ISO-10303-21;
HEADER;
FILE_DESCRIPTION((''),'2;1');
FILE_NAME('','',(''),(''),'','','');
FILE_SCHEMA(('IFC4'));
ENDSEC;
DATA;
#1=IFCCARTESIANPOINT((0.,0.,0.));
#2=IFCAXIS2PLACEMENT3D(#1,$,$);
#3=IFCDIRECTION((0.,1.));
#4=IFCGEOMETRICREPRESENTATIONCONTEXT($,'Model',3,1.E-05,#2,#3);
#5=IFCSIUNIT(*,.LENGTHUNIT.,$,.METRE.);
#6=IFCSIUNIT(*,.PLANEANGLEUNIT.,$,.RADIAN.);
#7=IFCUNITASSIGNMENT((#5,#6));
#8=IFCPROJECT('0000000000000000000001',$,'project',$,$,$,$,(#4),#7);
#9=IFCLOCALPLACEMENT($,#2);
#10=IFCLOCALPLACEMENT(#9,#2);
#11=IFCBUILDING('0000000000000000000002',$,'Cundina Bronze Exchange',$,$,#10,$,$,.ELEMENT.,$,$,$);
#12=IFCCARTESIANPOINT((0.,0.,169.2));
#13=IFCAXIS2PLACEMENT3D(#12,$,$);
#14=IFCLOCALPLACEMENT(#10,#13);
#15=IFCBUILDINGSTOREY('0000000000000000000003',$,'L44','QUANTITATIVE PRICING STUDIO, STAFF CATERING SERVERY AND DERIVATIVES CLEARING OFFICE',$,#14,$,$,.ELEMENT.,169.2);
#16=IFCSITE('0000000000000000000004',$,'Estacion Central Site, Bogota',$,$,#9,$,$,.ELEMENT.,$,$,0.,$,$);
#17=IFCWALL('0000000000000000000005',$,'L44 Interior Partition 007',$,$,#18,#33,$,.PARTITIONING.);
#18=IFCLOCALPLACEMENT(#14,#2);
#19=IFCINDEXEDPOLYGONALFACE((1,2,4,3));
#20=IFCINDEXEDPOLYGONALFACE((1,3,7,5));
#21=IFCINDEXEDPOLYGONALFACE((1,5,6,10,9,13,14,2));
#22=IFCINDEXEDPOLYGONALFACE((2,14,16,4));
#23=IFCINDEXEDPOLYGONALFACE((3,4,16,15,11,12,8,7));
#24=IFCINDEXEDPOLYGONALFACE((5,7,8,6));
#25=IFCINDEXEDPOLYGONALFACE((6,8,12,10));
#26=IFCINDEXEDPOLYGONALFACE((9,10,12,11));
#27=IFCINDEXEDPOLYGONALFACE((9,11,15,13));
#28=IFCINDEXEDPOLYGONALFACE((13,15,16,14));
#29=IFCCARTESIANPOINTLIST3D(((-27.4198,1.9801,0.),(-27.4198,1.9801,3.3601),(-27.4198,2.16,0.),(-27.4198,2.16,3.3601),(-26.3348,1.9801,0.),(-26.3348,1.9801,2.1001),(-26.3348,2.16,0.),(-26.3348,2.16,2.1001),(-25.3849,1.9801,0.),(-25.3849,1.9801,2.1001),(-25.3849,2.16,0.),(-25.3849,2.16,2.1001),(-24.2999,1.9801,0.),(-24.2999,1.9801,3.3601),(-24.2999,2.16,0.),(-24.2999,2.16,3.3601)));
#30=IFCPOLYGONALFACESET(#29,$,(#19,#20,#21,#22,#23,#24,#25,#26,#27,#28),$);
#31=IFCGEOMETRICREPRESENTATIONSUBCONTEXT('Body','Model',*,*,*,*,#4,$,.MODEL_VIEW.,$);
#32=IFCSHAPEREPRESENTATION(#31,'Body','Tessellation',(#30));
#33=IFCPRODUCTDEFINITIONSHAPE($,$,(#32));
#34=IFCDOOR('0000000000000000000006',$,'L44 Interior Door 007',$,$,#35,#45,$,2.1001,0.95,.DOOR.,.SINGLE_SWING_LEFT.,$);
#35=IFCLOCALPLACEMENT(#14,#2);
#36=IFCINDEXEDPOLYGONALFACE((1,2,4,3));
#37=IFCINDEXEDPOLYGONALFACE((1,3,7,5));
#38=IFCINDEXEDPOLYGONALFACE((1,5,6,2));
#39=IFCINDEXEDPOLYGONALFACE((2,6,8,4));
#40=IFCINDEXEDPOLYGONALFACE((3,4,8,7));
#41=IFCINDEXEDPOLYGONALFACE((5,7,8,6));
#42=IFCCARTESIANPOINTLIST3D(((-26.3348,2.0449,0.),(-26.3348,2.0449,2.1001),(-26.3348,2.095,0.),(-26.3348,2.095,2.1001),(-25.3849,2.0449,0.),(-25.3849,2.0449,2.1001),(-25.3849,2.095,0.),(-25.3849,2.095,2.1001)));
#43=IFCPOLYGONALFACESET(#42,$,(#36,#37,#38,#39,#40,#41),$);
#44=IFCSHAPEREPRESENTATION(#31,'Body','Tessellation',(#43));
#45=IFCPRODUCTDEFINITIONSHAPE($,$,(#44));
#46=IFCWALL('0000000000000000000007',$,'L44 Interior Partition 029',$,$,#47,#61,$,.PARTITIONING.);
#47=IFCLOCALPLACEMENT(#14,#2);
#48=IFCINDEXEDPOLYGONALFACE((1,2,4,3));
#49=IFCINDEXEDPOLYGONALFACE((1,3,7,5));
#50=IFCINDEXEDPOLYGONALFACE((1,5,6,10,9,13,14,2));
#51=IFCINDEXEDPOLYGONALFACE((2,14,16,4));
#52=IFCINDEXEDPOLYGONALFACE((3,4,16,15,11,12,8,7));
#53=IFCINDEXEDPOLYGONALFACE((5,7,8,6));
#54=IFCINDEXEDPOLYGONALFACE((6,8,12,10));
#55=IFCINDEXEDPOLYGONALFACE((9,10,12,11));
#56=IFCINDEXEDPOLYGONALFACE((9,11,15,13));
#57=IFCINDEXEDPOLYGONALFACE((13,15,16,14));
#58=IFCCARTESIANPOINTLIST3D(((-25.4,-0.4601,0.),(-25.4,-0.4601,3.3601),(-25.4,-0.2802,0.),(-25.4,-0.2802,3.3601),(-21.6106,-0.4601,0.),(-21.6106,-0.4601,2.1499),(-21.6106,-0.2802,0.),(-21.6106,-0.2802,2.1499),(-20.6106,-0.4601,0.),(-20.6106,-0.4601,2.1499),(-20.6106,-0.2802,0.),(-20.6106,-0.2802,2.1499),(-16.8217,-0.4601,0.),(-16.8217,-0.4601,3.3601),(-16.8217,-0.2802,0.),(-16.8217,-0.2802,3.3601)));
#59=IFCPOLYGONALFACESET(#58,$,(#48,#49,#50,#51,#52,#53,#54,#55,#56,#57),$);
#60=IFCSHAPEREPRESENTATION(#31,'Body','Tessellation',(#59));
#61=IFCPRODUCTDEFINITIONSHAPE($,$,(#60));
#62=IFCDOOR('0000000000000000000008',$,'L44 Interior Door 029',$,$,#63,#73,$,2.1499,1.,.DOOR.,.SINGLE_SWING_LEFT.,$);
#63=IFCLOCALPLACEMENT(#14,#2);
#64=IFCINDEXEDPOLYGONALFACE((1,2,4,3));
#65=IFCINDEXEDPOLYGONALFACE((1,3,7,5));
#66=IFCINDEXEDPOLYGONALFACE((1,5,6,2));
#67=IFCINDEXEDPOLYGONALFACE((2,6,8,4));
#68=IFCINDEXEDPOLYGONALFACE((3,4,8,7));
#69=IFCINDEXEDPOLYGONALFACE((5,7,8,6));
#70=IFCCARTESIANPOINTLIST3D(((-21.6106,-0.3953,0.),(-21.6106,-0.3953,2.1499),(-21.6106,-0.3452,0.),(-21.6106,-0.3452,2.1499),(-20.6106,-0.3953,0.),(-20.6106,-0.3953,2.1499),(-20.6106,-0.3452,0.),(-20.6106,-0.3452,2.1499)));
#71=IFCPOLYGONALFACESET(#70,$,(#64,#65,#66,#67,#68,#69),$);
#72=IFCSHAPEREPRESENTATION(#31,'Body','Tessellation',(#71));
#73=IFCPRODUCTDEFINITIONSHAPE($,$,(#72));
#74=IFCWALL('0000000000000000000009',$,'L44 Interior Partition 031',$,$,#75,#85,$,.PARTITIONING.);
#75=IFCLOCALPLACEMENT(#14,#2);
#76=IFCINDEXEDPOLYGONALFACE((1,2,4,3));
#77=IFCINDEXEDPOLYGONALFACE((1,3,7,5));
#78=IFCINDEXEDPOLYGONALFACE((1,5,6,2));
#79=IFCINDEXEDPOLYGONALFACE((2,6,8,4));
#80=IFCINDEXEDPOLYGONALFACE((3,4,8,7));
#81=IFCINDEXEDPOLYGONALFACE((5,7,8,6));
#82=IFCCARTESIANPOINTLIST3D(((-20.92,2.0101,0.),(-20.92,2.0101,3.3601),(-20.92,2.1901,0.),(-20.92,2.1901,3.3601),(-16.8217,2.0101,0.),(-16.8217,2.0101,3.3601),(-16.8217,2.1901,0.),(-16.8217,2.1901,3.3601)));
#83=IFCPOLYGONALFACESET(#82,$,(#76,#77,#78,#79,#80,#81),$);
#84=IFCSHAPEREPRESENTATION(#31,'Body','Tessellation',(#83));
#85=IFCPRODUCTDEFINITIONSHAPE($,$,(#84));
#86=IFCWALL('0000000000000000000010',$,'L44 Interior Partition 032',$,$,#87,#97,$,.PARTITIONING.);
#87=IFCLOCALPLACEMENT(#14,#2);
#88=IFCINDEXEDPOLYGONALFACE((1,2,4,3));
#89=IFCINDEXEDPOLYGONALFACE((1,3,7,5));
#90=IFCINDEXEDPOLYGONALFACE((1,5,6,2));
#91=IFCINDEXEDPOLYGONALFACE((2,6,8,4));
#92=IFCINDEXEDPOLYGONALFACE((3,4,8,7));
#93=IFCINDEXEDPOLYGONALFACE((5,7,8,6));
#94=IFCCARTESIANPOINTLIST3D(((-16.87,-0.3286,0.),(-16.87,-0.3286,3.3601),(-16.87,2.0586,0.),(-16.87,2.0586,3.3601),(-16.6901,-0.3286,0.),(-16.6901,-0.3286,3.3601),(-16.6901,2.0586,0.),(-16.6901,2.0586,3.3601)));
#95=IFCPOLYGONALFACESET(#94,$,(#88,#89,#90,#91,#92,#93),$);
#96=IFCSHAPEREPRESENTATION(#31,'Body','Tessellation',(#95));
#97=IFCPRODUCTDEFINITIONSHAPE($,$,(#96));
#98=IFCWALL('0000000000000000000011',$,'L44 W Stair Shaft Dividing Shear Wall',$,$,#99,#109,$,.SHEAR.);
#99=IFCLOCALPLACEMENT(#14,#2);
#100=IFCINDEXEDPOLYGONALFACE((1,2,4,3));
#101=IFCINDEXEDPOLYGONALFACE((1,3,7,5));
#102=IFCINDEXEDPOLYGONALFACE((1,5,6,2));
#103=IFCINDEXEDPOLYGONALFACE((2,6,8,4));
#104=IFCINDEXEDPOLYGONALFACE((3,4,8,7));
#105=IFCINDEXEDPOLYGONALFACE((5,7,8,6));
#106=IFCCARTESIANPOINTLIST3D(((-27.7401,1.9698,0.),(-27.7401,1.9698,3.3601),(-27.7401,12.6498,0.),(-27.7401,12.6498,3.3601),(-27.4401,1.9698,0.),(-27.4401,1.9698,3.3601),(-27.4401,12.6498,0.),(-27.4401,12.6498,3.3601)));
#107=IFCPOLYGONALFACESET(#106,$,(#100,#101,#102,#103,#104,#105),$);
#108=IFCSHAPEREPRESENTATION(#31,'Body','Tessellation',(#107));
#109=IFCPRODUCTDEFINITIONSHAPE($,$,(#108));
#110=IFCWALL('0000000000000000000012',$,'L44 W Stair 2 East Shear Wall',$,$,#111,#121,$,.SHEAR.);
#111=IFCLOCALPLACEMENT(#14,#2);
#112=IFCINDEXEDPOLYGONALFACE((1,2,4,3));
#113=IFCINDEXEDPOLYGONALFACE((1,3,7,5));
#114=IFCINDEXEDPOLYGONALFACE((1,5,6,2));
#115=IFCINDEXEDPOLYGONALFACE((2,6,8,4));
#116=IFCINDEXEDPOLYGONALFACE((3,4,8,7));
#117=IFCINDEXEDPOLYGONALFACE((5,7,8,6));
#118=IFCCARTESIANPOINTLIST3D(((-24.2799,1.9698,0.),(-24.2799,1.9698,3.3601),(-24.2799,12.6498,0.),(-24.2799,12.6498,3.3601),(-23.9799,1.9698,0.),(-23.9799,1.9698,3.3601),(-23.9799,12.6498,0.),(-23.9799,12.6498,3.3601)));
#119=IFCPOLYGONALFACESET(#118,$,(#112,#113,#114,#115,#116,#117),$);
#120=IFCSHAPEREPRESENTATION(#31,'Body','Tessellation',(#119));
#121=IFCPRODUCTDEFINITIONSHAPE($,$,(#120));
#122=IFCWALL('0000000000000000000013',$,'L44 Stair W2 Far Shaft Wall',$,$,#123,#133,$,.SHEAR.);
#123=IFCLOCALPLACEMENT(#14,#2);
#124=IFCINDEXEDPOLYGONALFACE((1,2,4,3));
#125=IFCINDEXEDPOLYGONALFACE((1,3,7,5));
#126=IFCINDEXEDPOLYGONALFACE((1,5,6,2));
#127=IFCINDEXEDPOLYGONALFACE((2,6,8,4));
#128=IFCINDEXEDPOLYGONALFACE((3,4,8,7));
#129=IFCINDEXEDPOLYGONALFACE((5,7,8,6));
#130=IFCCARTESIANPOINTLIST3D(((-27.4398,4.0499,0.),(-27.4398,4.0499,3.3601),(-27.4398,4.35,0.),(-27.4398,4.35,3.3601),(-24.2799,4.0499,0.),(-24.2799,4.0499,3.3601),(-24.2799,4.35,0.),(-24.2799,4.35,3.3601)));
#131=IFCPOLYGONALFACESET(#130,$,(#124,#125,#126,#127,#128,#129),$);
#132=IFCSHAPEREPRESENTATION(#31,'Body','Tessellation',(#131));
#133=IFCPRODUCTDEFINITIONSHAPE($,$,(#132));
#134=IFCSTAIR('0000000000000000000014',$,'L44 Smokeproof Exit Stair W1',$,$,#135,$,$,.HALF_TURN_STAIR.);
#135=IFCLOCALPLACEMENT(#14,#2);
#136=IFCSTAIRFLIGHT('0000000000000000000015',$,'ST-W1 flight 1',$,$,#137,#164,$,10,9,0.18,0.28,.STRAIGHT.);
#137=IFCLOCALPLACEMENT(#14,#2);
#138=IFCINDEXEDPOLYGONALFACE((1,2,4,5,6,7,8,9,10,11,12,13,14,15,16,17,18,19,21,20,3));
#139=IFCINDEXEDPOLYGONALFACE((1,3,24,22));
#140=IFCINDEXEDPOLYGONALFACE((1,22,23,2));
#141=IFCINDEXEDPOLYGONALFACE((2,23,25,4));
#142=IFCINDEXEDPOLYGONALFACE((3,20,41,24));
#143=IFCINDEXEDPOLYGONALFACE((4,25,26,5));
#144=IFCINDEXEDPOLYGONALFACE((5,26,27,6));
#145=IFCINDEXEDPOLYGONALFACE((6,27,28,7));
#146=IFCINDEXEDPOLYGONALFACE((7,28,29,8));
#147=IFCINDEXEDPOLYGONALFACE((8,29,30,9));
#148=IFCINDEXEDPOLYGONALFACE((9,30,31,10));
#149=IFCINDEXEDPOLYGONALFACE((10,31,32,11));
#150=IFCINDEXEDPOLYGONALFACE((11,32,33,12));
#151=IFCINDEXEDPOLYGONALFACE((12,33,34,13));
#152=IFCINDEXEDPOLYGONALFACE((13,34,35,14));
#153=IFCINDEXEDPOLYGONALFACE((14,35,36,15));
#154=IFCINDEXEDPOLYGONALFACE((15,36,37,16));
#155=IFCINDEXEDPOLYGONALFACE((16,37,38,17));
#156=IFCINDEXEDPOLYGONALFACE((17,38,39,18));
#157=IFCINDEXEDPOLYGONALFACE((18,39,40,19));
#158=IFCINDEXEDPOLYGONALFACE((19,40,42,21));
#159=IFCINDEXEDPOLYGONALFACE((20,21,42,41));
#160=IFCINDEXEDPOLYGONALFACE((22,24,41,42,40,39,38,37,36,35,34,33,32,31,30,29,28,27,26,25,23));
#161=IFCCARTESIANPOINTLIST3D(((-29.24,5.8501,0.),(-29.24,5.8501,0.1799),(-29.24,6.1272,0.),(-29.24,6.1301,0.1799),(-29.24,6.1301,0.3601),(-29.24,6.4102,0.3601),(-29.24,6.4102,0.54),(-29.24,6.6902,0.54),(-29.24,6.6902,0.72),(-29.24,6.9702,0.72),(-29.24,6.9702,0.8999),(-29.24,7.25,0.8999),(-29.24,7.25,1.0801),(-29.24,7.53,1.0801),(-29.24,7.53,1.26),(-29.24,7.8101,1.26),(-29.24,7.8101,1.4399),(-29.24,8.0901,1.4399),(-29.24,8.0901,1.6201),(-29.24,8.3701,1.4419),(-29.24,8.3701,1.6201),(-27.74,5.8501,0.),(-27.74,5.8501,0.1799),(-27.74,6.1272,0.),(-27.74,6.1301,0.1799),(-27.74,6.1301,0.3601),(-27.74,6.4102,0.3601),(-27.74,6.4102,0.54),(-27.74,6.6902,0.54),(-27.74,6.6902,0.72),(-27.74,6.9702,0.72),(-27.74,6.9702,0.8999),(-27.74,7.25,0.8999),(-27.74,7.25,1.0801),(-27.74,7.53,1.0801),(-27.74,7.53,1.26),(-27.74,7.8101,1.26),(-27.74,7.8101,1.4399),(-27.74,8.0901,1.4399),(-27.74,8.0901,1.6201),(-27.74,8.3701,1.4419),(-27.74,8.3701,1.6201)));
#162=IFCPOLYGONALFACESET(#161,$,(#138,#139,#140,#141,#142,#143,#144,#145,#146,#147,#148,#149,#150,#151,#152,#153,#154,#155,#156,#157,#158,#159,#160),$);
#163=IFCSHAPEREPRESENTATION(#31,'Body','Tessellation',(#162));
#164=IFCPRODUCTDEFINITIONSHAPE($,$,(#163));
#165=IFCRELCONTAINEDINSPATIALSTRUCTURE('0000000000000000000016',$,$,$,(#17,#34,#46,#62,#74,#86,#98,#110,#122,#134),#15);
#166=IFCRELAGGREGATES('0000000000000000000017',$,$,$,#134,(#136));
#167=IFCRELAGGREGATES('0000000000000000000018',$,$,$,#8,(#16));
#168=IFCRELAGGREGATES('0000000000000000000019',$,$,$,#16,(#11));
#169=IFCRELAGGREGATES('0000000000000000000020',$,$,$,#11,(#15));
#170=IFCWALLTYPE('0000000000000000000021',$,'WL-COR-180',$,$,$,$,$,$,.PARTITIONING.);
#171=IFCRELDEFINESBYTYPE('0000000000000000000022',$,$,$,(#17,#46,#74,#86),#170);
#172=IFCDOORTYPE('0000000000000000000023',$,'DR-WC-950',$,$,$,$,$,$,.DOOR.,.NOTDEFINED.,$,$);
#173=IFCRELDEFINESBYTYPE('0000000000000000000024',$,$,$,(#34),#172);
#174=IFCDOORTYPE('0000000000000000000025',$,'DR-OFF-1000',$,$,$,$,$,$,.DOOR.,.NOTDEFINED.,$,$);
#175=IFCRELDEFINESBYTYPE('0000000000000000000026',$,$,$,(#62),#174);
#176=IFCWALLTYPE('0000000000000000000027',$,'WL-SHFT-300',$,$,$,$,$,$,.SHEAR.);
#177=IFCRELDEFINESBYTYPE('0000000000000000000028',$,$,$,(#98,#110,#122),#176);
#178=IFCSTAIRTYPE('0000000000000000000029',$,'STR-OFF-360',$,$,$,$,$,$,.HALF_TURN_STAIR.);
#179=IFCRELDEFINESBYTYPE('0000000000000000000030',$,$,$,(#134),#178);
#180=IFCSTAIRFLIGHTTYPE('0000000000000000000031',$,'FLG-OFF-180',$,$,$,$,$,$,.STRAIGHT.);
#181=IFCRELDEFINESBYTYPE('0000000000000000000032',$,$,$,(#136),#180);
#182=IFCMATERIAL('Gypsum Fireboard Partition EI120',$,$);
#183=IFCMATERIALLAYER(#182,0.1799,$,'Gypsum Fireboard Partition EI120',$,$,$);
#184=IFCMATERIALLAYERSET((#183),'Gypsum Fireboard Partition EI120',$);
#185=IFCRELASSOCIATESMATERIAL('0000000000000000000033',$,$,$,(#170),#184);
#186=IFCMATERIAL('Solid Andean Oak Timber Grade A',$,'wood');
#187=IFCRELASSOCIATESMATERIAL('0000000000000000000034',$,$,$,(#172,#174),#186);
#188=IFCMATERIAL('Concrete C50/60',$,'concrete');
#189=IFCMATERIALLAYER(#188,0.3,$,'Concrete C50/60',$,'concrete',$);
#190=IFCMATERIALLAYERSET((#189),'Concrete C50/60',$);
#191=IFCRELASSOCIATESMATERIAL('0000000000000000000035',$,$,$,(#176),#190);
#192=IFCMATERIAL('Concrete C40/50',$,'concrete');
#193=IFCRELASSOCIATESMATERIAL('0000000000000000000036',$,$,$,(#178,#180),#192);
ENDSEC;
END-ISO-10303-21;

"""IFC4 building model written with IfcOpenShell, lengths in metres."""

from ifc_helpers import new_model, si_unit, direction, frame, frame_2d, origin, place, context, subcontext, project, spatial, polyline, rectangle, outline, extrude, material, layer, layer_set, type_object, element, fill, aggregate, save


model = new_model("IFC4")

# Units and contexts
model_context = context("Model", 3, precision=1e-05, world=origin(), true_north=direction((0.0, 1.0)))
body_context = subcontext(model_context, "Body", "Model", "MODEL_VIEW")
ifc_project = project(units=[si_unit("LENGTHUNIT", "METRE"), si_unit("PLANEANGLEUNIT", "RADIAN")], contexts=[model_context])

# Site, building, storey
site_placement = place(None, origin())
site = spatial("IfcSite", under=ifc_project, at=site_placement, Name="Estacion Central Site, Bogota", CompositionType="ELEMENT", RefElevation=0.0)
building_placement = place(site_placement, origin())
building = spatial("IfcBuilding", under=site, at=building_placement, Name="Cundina Bronze Exchange", CompositionType="ELEMENT")
storey_placement = place(building_placement, frame((0.0, 0.0, 169.2)))
storey = spatial("IfcBuildingStorey", under=building, at=storey_placement, Name="L44", Description="QUANTITATIVE PRICING STUDIO, STAFF CATERING SERVERY AND DERIVATIVES CLEARING OFFICE", CompositionType="ELEMENT", Elevation=169.2)

# Shared definitions
ifc_material_1 = material(Name="Concrete C50/60", Category="concrete")

# Shared definitions
ifc_material_2 = material(Name="Gypsum Fireboard Partition EI120")
ifc_layer_1 = layer(ifc_material_2, 0.1799, Name="Gypsum Fireboard Partition EI120")
ifc_layer_set_1 = layer_set([ifc_layer_1], Name="Gypsum Fireboard Partition EI120")
wall_type_1 = type_object("IfcWallType", Name="WL-COR-180", PredefinedType="PARTITIONING", material=ifc_layer_set_1)

# Walls, openings, doors
wall_1_placement = place(storey_placement, frame((-27.4199, 2.0701, 0.0), z_axis=(0.0, 0.0, 1.0), x_axis=(1.0, 0.0, 0.0)))
wall_1 = element("IfcWall", 1, at=wall_1_placement, inside=storey, type_object=wall_type_1, Name="L44 Interior Partition 007", PredefinedType="PARTITIONING", context=body_context, shape_type="SweptSolid", body=[
    extrude(rectangle(XDim=3.1199, YDim=0.1799, at=frame_2d((1.5601, 0.0))), origin(), (0.0, 0.0, 1.0), 3.3601),
])
opening_1_placement = place(wall_1_placement, frame((1.085, 0.0, 0.0)))
opening_1 = element("IfcOpeningElement", 2, at=opening_1_placement, cuts=wall_1, PredefinedType="OPENING", context=body_context, shape_type="SweptSolid", body=[
    extrude(rectangle(XDim=0.95, YDim=2.1001, at=frame_2d((0.4751, 1.05))), frame((0.0, 0.0999, 0.0), z_axis=(0.0, -1.0, 0.0), x_axis=(1.0, 0.0, 0.0)), (0.0, 0.0, 1.0), 0.2),
])
ifc_material_3 = material(Name="Solid Andean Oak Timber Grade A", Category="wood")
door_type_1 = type_object("IfcDoorType", Name="DR-WC-950", OperationType="NOTDEFINED", PredefinedType="DOOR", material=ifc_material_3)
door_1_placement = place(opening_1_placement, origin())
door_1 = element("IfcDoor", 3, at=door_1_placement, inside=storey, type_object=door_type_1, Name="L44 Interior Door 007", OperationType="SINGLE_SWING_LEFT", OverallHeight=2.1001, OverallWidth=0.95, PredefinedType="DOOR", context=body_context, shape_type="SweptSolid", body=[
    extrude(rectangle(XDim=0.95, YDim=2.1001, at=frame_2d((0.4751, 1.05))), frame((0.0, 0.0249, 0.0), z_axis=(0.0, -1.0, 0.0), x_axis=(1.0, 0.0, 0.0)), (0.0, 0.0, 1.0), 0.05),
])
fill(opening_1, door_1)
wall_2_placement = place(storey_placement, frame((-25.3999, -0.3701, 0.0), z_axis=(0.0, 0.0, 1.0), x_axis=(1.0, 0.0, 0.0)))
wall_2 = element("IfcWall", 4, at=wall_2_placement, inside=storey, type_object=wall_type_1, Name="L44 Interior Partition 029", PredefinedType="PARTITIONING", context=body_context, shape_type="SweptSolid", body=[
    extrude(rectangle(XDim=8.5784, YDim=0.1799, at=frame_2d((4.2891, 0.0))), origin(), (0.0, 0.0, 1.0), 3.3601),
])
opening_2_placement = place(wall_2_placement, frame((3.7893, 0.0, 0.0)))
opening_2 = element("IfcOpeningElement", 5, at=opening_2_placement, cuts=wall_2, PredefinedType="OPENING", context=body_context, shape_type="SweptSolid", body=[
    extrude(rectangle(XDim=1.0, YDim=2.1499, at=frame_2d((0.5, 1.075))), frame((0.0, 0.0999, 0.0), z_axis=(0.0, -1.0, 0.0), x_axis=(1.0, 0.0, 0.0)), (0.0, 0.0, 1.0), 0.2),
])
door_type_2 = type_object("IfcDoorType", Name="DR-OFF-1000", OperationType="NOTDEFINED", PredefinedType="DOOR", material=ifc_material_3)
door_2_placement = place(opening_2_placement, origin())
door_2 = element("IfcDoor", 6, at=door_2_placement, inside=storey, type_object=door_type_2, Name="L44 Interior Door 029", OperationType="SINGLE_SWING_LEFT", OverallHeight=2.1499, OverallWidth=1.0, PredefinedType="DOOR", context=body_context, shape_type="SweptSolid", body=[
    extrude(rectangle(XDim=1.0, YDim=2.1499, at=frame_2d((0.5, 1.075))), frame((0.0, 0.0249, 0.0), z_axis=(0.0, -1.0, 0.0), x_axis=(1.0, 0.0, 0.0)), (0.0, 0.0, 1.0), 0.05),
])
fill(opening_2, door_2)

# Walls
wall_3_placement = place(storey_placement, frame((-16.8215, 2.1001, 0.0), z_axis=(0.0, 0.0, 1.0), x_axis=(-1.0, 0.0, 0.0)))
element("IfcWall", 7, at=wall_3_placement, inside=storey, type_object=wall_type_1, Name="L44 Interior Partition 031", PredefinedType="PARTITIONING", context=body_context, shape_type="SweptSolid", body=[
    extrude(rectangle(XDim=4.0984, YDim=0.1799, at=frame_2d((2.0493, 0.0))), origin(), (0.0, 0.0, 1.0), 3.3601),
])
wall_4_placement = place(storey_placement, frame((-16.78, -0.3286, 0.0), z_axis=(0.0, 0.0, 1.0), x_axis=(0.0, 1.0, 0.0)))
element("IfcWall", 8, at=wall_4_placement, inside=storey, type_object=wall_type_1, Name="L44 Interior Partition 032", PredefinedType="PARTITIONING", context=body_context, shape_type="SweptSolid", body=[
    extrude(rectangle(XDim=2.3872, YDim=0.1799, at=frame_2d((1.1936, 0.0))), origin(), (0.0, 0.0, 1.0), 3.3601),
])
ifc_layer_2 = layer(ifc_material_1, 0.3, Name="Concrete C50/60", Category="concrete")
ifc_layer_set_2 = layer_set([ifc_layer_2], Name="Concrete C50/60")
wall_type_2 = type_object("IfcWallType", Name="WL-SHFT-300", PredefinedType="SHEAR", material=ifc_layer_set_2)
for number, where, z_axis, x_axis, name in (
    (9, (-27.5901, 1.97, 0.0), (0.0, 0.0, 1.0), (0.0, 1.0, 0.0), "L44 W Stair Shaft Dividing Shear Wall"),
    (10, (-24.1299, 1.97, 0.0), (0.0, 0.0, 1.0), (0.0, 1.0, 0.0), "L44 W Stair 2 East Shear Wall"),
):
    element("IfcWall", number, at=place(storey_placement, frame(where, z_axis=z_axis, x_axis=x_axis)), inside=storey, type_object=wall_type_2, Name=name, PredefinedType="SHEAR", context=body_context, shape_type="SweptSolid", body=[
        extrude(rectangle(XDim=10.6799, YDim=0.3, at=frame_2d((5.3398, 0.0))), origin(), (0.0, 0.0, 1.0), 3.3601),
    ])
wall_5_placement = place(storey_placement, frame((-27.4399, 4.2, 0.0), z_axis=(0.0, 0.0, 1.0), x_axis=(1.0, 0.0, 0.0)))
element("IfcWall", 11, at=wall_5_placement, inside=storey, type_object=wall_type_2, Name="L44 Stair W2 Far Shaft Wall", PredefinedType="SHEAR", context=body_context, shape_type="SweptSolid", body=[
    extrude(rectangle(XDim=3.1599, YDim=0.3, at=frame_2d((1.5801, 0.0))), origin(), (0.0, 0.0, 1.0), 3.3601),
])

# Stair, stair flight
ifc_material_4 = material(Name="Concrete C40/50", Category="concrete")
stair_type = type_object("IfcStairType", Name="STR-OFF-360", PredefinedType="HALF_TURN_STAIR", material=ifc_material_4)
stair_placement = place(storey_placement, origin())
stair = element("IfcStair", 12, at=stair_placement, inside=storey, type_object=stair_type, Name="L44 Smokeproof Exit Stair W1", PredefinedType="HALF_TURN_STAIR")
stair_flight_type = type_object("IfcStairFlightType", Name="FLG-OFF-180", PredefinedType="STRAIGHT", material=ifc_material_4)
stair_flight_placement = place(storey_placement, frame((-28.49, 5.8501, 0.0), z_axis=(0.0, 0.0, 1.0), x_axis=(0.0, 1.0, 0.0)))
stair_flight = element("IfcStairFlight", 13, at=stair_flight_placement, type_object=stair_flight_type, Name="ST-W1 flight 1", NumberOfRisers=10, NumberOfTreads=9, PredefinedType="STRAIGHT", RiserHeight=0.18, TreadLength=0.28, context=body_context, shape_type="SweptSolid", body=[
    extrude(outline(polyline([(0.0, 0.0), (0.0, 0.1799), (0.28, 0.1799), (0.28, 0.3601), (0.5601, 0.3601), (0.5601, 0.54), (0.8401, 0.54), (0.8401, 0.72), (1.1201, 0.72), (1.1201, 0.8999), (1.3999, 0.8999), (1.3999, 1.0801), (1.6799, 1.0801), (1.6799, 1.26), (1.96, 1.26), (1.96, 1.4399), (2.24, 1.4399), (2.24, 1.6201), (2.52, 1.6201), (2.52, 1.8), (2.52, 1.4419), (0.2771, 0.0), (0.0, 0.0)])), frame((0.0, 0.75, 0.0), z_axis=(0.0, -1.0, 0.0), x_axis=(1.0, 0.0, 0.0)), (0.0, 0.0, 1.0), 1.5),
])
aggregate(stair, [stair_flight])

save(model, "model.ifc")
